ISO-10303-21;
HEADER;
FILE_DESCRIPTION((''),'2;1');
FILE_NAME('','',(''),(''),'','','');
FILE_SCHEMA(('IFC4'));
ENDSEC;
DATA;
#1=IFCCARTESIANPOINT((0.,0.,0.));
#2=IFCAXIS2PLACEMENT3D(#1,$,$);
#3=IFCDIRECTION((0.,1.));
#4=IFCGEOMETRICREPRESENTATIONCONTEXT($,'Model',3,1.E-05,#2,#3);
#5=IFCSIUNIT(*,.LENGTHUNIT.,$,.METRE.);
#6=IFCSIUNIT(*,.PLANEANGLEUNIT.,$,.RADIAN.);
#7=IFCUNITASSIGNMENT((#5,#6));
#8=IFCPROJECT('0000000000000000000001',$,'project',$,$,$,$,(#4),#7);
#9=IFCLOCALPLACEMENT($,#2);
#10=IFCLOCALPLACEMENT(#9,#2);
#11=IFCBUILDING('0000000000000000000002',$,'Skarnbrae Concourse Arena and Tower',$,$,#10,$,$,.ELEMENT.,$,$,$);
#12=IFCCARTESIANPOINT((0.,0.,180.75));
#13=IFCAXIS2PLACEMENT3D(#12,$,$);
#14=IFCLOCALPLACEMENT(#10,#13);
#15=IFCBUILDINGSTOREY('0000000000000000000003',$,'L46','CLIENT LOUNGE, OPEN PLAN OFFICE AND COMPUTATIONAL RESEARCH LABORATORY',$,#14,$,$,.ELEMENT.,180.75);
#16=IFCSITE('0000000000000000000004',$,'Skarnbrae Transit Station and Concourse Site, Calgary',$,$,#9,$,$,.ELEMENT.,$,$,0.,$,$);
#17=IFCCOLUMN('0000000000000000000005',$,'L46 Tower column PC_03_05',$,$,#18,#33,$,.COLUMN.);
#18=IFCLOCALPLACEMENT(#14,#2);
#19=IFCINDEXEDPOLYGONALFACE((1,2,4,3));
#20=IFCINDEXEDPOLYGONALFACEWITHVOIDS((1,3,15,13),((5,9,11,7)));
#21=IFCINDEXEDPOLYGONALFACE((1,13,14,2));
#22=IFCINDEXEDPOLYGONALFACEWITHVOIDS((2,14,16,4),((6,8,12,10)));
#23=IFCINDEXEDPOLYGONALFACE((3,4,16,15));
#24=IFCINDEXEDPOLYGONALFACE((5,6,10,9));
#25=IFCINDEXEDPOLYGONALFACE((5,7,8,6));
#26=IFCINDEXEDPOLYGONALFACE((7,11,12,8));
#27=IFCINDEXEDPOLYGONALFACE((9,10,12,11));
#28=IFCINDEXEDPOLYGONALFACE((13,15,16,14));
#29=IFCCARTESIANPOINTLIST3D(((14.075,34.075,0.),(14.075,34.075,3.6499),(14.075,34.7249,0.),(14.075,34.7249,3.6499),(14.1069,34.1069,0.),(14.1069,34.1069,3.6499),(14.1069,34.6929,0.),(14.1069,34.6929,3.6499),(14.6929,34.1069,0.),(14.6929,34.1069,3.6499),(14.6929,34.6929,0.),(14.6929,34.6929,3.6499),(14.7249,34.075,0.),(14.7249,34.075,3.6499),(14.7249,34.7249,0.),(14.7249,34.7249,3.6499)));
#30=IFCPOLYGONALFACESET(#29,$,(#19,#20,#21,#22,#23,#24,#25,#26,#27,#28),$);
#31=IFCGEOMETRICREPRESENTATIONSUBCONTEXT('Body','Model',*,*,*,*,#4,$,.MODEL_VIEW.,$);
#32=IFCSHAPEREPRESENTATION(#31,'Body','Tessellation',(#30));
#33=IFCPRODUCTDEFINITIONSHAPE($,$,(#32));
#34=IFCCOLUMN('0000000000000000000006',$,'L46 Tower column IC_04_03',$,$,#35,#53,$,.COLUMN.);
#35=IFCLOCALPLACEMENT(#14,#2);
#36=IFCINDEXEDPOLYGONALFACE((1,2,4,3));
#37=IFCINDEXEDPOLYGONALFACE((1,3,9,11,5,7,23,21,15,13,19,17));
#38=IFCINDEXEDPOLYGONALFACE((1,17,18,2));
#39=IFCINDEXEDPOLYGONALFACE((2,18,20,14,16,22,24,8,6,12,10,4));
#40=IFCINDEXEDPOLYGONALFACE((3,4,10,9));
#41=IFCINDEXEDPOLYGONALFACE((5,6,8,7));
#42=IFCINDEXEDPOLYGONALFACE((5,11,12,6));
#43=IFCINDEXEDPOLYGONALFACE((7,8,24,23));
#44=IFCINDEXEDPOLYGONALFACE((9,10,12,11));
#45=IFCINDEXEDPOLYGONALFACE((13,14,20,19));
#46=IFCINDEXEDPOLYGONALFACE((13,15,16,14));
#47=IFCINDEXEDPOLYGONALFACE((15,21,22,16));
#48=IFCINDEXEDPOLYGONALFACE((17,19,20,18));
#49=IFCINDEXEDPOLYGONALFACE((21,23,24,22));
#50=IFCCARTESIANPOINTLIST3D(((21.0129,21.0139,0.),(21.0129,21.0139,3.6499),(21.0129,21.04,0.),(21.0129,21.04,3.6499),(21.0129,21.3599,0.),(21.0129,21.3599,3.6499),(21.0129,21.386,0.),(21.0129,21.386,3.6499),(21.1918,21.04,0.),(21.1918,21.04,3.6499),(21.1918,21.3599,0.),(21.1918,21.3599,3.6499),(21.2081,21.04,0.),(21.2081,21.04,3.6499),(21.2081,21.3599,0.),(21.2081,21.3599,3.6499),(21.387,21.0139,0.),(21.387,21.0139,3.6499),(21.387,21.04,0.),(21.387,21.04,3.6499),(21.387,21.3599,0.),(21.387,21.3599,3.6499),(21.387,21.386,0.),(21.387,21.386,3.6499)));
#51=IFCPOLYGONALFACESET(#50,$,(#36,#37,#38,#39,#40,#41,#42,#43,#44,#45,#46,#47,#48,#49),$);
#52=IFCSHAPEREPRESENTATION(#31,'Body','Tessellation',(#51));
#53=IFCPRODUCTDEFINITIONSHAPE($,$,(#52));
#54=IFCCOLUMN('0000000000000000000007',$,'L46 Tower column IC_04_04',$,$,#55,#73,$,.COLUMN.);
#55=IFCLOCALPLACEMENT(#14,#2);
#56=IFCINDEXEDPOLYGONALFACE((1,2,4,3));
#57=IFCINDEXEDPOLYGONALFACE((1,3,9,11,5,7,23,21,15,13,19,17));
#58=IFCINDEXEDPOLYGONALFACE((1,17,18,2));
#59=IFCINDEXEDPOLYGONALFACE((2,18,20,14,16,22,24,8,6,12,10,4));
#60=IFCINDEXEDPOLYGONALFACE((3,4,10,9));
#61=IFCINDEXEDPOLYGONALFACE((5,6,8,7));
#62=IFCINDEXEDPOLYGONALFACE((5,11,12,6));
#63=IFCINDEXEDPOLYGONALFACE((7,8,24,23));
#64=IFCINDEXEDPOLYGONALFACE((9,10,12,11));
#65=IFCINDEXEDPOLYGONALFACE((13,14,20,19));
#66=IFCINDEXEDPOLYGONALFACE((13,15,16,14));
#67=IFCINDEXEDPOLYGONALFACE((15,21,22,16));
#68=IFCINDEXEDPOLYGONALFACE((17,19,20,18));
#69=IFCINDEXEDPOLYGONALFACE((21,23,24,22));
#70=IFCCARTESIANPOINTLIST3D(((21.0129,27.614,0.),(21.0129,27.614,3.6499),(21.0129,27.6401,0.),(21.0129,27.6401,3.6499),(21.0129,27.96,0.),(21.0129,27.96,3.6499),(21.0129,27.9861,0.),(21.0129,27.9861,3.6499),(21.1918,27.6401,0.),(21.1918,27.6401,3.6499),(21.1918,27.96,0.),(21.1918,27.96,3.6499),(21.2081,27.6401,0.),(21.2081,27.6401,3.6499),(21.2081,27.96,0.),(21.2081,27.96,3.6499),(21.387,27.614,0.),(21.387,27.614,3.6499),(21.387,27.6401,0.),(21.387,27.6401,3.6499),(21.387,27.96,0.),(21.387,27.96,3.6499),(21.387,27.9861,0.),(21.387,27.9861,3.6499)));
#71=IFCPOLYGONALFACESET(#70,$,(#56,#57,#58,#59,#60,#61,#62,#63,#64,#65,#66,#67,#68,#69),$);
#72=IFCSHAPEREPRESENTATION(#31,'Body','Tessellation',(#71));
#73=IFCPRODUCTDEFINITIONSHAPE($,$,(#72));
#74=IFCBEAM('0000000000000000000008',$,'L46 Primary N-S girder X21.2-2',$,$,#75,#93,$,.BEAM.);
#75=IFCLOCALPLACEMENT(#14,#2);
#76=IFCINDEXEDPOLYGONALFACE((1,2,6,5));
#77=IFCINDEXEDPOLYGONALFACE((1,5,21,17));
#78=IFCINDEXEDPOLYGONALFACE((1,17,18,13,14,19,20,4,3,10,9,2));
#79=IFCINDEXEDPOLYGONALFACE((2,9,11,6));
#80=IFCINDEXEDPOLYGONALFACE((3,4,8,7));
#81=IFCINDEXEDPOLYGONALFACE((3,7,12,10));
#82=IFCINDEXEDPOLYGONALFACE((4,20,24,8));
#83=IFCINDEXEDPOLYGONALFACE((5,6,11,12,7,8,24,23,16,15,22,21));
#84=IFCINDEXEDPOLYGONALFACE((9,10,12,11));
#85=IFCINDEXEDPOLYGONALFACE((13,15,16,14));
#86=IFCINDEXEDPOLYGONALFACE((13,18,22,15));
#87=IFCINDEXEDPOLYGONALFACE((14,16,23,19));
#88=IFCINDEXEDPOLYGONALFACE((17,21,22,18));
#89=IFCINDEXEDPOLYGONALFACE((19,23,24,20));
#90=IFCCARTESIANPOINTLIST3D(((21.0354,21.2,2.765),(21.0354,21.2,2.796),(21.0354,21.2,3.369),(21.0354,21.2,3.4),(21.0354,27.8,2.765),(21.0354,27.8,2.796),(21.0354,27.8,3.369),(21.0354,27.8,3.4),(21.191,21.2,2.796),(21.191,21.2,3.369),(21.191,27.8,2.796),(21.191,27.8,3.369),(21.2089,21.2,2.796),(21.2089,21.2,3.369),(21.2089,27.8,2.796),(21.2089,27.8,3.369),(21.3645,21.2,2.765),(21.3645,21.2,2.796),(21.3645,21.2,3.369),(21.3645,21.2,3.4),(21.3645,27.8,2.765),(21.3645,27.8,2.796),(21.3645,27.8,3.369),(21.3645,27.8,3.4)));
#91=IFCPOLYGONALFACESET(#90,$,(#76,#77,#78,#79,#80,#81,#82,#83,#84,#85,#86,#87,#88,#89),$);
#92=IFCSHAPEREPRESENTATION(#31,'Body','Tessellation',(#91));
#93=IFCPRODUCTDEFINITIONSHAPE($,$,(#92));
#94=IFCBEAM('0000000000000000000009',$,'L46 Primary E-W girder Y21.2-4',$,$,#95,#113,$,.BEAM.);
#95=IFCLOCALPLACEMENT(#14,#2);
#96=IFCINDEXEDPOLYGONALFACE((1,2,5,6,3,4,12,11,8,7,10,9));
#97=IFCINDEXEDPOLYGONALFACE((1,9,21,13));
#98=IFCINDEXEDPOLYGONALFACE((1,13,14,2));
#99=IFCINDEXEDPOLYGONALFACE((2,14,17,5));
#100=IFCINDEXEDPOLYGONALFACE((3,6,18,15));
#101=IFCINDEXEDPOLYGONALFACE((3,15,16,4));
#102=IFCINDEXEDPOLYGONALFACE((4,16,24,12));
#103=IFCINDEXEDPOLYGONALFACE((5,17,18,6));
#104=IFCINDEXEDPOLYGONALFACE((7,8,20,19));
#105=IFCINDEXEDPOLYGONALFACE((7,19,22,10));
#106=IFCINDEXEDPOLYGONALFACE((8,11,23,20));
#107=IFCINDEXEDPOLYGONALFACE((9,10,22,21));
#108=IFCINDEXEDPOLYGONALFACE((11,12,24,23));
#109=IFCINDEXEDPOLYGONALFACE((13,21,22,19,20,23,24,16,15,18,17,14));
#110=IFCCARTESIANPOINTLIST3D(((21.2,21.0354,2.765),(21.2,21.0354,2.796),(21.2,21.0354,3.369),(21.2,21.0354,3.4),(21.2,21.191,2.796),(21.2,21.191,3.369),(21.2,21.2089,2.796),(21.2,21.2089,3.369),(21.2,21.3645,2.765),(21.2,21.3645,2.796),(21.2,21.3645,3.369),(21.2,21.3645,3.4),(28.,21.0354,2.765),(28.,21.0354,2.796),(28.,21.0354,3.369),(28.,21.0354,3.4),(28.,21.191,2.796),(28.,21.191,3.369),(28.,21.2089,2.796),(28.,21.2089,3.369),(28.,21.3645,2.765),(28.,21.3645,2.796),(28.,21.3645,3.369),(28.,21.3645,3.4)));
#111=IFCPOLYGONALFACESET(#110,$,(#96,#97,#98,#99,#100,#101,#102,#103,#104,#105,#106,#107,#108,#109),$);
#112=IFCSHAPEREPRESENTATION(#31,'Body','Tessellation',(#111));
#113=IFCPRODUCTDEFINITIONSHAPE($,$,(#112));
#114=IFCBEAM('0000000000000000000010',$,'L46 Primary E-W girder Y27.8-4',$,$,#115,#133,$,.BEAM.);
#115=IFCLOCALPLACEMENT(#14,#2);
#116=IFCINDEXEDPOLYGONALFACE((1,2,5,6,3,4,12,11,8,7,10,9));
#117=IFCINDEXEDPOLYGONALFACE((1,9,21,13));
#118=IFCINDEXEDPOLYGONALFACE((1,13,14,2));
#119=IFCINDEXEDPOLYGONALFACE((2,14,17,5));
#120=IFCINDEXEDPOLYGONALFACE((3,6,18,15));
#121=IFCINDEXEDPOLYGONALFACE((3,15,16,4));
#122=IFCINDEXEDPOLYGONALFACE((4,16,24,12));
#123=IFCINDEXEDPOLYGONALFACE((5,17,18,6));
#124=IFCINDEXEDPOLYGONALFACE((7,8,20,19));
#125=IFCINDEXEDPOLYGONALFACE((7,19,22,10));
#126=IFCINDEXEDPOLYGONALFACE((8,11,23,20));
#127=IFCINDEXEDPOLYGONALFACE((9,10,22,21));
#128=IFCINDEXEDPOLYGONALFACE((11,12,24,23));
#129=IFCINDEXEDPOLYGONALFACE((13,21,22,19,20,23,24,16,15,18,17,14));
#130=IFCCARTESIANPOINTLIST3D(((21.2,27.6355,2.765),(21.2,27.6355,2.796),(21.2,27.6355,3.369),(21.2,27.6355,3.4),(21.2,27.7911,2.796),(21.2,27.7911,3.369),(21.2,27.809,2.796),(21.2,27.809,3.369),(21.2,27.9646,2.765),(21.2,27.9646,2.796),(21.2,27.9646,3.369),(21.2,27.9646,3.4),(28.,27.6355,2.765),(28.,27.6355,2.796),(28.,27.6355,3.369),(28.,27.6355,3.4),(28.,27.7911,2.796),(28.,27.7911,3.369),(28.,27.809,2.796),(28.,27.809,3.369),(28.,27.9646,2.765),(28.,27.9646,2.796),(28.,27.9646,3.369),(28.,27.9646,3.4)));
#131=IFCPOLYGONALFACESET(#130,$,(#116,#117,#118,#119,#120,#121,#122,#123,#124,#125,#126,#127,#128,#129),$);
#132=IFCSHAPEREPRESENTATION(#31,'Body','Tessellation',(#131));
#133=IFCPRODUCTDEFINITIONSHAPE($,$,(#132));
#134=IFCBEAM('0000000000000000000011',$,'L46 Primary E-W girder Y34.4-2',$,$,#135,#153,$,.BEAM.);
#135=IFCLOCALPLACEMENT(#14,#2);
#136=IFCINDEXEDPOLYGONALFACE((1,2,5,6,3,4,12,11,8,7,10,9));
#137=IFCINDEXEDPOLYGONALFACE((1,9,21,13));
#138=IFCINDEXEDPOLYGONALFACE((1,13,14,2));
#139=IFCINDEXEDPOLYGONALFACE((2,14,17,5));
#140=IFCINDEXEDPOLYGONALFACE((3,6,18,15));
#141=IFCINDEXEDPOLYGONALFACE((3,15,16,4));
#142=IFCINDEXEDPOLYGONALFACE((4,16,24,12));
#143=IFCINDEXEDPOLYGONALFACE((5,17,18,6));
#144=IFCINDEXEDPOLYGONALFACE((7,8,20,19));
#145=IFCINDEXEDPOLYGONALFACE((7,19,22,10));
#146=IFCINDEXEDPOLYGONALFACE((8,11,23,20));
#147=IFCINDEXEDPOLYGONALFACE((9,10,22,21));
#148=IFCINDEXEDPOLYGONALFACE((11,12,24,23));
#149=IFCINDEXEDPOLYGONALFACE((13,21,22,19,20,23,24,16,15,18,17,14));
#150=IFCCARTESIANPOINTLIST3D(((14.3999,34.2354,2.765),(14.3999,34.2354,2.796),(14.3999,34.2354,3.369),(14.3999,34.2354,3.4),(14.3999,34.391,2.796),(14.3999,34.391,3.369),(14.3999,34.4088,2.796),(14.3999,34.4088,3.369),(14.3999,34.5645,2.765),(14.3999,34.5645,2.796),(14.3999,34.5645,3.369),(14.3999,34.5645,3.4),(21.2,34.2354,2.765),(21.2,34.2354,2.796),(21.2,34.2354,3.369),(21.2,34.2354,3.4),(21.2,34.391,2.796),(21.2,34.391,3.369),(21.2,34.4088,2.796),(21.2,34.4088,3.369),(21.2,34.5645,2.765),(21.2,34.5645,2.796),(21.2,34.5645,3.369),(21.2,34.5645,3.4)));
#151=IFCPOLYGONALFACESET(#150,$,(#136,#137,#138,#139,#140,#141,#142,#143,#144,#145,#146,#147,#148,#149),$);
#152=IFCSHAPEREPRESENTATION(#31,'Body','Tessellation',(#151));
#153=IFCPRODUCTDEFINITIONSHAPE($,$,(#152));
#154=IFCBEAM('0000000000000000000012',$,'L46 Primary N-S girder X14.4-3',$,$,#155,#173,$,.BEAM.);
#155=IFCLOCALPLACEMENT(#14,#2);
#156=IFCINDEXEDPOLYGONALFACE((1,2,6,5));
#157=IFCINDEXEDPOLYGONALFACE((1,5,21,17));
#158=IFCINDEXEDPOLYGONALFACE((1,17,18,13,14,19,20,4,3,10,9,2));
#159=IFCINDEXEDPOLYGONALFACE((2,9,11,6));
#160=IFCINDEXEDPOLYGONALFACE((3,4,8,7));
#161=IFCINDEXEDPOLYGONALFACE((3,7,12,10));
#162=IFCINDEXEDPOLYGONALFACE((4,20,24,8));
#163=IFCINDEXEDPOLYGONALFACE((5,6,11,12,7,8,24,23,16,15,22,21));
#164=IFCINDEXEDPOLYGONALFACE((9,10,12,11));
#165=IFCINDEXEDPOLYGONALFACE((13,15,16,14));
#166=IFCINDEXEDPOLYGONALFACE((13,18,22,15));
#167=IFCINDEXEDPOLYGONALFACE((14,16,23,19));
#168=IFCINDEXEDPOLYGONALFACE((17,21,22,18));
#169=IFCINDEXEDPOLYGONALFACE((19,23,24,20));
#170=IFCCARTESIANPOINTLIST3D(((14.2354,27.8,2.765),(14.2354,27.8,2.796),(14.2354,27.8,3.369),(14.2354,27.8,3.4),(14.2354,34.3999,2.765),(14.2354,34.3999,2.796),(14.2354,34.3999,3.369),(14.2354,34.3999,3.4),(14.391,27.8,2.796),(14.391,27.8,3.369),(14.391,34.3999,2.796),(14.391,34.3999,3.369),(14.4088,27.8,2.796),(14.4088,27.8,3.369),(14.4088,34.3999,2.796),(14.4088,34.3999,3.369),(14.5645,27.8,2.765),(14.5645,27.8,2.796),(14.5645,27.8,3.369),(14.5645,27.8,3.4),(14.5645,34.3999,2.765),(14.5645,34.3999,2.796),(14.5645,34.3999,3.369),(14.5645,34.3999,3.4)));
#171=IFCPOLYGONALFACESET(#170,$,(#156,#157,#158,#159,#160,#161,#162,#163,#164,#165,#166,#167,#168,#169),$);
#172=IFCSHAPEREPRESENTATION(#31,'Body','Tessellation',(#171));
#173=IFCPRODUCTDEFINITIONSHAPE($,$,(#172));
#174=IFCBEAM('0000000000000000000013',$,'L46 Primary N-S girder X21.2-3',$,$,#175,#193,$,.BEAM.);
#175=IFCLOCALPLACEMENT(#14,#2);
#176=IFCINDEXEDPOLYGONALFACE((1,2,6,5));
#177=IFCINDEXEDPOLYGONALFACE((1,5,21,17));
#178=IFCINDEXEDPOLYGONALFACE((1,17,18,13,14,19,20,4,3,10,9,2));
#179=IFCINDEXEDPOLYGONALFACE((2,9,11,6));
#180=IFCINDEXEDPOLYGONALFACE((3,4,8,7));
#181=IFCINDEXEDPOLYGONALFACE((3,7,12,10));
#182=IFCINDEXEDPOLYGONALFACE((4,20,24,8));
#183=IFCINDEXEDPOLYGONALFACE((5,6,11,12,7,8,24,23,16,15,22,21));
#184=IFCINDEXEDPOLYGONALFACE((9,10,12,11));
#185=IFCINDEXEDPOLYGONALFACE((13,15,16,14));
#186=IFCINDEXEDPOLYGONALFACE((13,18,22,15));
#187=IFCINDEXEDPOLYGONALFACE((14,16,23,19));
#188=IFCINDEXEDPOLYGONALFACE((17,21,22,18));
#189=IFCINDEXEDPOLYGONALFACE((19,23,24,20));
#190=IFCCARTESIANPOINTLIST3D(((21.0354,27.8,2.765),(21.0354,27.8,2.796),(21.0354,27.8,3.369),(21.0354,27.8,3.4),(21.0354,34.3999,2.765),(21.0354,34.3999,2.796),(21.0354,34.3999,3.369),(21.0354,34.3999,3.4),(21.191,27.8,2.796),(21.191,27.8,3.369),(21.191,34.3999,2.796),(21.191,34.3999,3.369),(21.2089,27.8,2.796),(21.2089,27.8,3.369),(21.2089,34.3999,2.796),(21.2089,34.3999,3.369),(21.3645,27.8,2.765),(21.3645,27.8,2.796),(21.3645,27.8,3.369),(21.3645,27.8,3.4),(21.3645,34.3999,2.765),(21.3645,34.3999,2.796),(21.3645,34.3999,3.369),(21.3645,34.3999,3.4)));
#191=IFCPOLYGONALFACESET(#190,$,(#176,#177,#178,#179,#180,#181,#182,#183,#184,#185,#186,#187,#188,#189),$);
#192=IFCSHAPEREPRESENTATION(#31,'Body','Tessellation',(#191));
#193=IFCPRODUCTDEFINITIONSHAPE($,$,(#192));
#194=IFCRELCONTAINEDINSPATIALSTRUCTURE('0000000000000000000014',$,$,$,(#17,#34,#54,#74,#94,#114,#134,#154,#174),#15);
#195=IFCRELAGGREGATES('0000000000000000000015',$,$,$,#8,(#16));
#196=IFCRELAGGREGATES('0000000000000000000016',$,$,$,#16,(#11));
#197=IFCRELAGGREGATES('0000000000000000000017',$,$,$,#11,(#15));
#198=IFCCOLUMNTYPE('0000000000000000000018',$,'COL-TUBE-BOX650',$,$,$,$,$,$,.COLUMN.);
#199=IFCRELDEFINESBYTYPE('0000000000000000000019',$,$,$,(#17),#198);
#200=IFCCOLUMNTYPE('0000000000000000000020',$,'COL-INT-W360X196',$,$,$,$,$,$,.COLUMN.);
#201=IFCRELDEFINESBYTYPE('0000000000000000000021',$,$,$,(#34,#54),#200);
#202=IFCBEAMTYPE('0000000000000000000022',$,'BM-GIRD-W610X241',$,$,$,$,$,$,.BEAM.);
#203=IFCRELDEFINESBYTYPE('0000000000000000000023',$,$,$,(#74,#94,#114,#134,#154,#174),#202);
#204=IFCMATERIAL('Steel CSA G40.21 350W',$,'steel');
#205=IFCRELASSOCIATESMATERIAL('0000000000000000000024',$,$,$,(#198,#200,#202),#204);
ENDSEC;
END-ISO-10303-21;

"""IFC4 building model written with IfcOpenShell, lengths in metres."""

from ifc_helpers import new_model, si_unit, direction, frame, origin, origin_2d, place, context, subcontext, project, spatial, hollow_rectangle, i_section, extrude, source, transform, mapped, material, material_profile, profile_set, type_object, element, save


model = new_model("IFC4")

# Units and contexts
model_context = context("Model", 3, precision=1e-05, world=origin(), true_north=direction((0.0, 1.0)))
body_context = subcontext(model_context, "Body", "Model", "MODEL_VIEW")
ifc_project = project(units=[si_unit("LENGTHUNIT", "METRE"), si_unit("PLANEANGLEUNIT", "RADIAN")], contexts=[model_context])

# Site, building, storey
site_placement = place(None, origin())
site = spatial("IfcSite", under=ifc_project, at=site_placement, Name="Skarnbrae Transit Station and Concourse Site, Calgary", CompositionType="ELEMENT", RefElevation=0.0)
building_placement = place(site_placement, origin())
building = spatial("IfcBuilding", under=site, at=building_placement, Name="Skarnbrae Concourse Arena and Tower", CompositionType="ELEMENT")
storey_placement = place(building_placement, frame((0.0, 0.0, 180.75)))
storey = spatial("IfcBuildingStorey", under=building, at=storey_placement, Name="L46", Description="CLIENT LOUNGE, OPEN PLAN OFFICE AND COMPUTATIONAL RESEARCH LABORATORY", CompositionType="ELEMENT", Elevation=180.75)

# Columns
ifc_material = material(Name="Steel CSA G40.21 350W", Category="steel")
ifc_material_profile_1 = material_profile(ifc_material, hollow_rectangle(XDim=0.6499, YDim=0.6499, WallThickness=0.032, at=origin_2d()), Name="BOX650X650X32")
ifc_profile_set_1 = profile_set([ifc_material_profile_1], Name="Steel CSA G40.21 350W")
column_type_1 = type_object("IfcColumnType", Name="COL-TUBE-BOX650", PredefinedType="COLUMN", material=ifc_profile_set_1)
shared_shape_1 = source(origin(), body_context, "Body", "SweptSolid", [
    extrude(hollow_rectangle(XDim=0.6499, YDim=0.6499, WallThickness=0.032, at=origin_2d()), origin(), (0.0, 0.0, 1.0), 3.6499),
])
column_placement = place(storey_placement, frame((14.3999, 34.3999, 0.0), z_axis=(0.0, 0.0, 1.0), x_axis=(1.0, 0.0, 0.0)))
element("IfcColumn", 1, at=column_placement, inside=storey, type_object=column_type_1, Name="L46 Tower column PC_03_05", PredefinedType="COLUMN", context=body_context, shape_type="MappedRepresentation", body=[
    mapped(shared_shape_1, transform((0.0, 0.0, 0.0))),
])
ifc_material_profile_2 = material_profile(ifc_material, i_section(OverallWidth=0.374, OverallDepth=0.3721, WebThickness=0.0164, FlangeThickness=0.0261, at=origin_2d()), Name="W360X196")
ifc_profile_set_2 = profile_set([ifc_material_profile_2], Name="Steel CSA G40.21 350W")
column_type_2 = type_object("IfcColumnType", Name="COL-INT-W360X196", PredefinedType="COLUMN", material=ifc_profile_set_2)
shared_shape_2 = source(origin(), body_context, "Body", "SweptSolid", [
    extrude(i_section(OverallWidth=0.374, OverallDepth=0.3721, WebThickness=0.0164, FlangeThickness=0.0261, at=origin_2d()), origin(), (0.0, 0.0, 1.0), 3.6499),
])
for number, where, z_axis, x_axis, name in (
    (2, (21.2, 21.2, 0.0), (0.0, 0.0, 1.0), (1.0, 0.0, 0.0), "L46 Tower column IC_04_03"),
    (3, (21.2, 27.8, 0.0), (0.0, 0.0, 1.0), (1.0, 0.0, 0.0), "L46 Tower column IC_04_04"),
):
    element("IfcColumn", number, at=place(storey_placement, frame(where, z_axis=z_axis, x_axis=x_axis)), inside=storey, type_object=column_type_2, Name=name, PredefinedType="COLUMN", context=body_context, shape_type="MappedRepresentation", body=[
        mapped(shared_shape_2, transform((0.0, 0.0, 0.0))),
    ])

# Beams
ifc_material_profile_3 = material_profile(ifc_material, i_section(OverallWidth=0.3291, OverallDepth=0.635, WebThickness=0.0178, FlangeThickness=0.031, at=origin_2d()), Name="W610X241")
ifc_profile_set_3 = profile_set([ifc_material_profile_3], Name="Steel CSA G40.21 350W")
beam_type_1 = type_object("IfcBeamType", Name="BM-GIRD-W610X241", PredefinedType="BEAM", material=ifc_profile_set_3)
shared_shape_3 = source(origin(), body_context, "Body", "SweptSolid", [
    extrude(i_section(OverallWidth=0.3291, OverallDepth=0.635, WebThickness=0.0178, FlangeThickness=0.031, at=origin_2d()), origin(), (0.0, 0.0, 1.0), 6.6001),
])
beam_1_placement = place(storey_placement, frame((21.2, 21.2, 3.0825), z_axis=(0.0, 1.0, 0.0), x_axis=(-1.0, 0.0, 0.0)))
element("IfcBeam", 4, at=beam_1_placement, inside=storey, type_object=beam_type_1, Name="L46 Primary N-S girder X21.2-2", PredefinedType="BEAM", context=body_context, shape_type="MappedRepresentation", body=[
    mapped(shared_shape_3, transform((0.0, 0.0, 0.0))),
])
shared_shape_4 = source(origin(), body_context, "Body", "SweptSolid", [
    extrude(i_section(OverallWidth=0.3291, OverallDepth=0.635, WebThickness=0.0178, FlangeThickness=0.031, at=origin_2d()), origin(), (0.0, 0.0, 1.0), 6.8),
])
for number, where, z_axis, x_axis, name in (
    (5, (21.2, 21.2, 3.0825), (1.0, 0.0, 0.0), (0.0, 1.0, 0.0), "L46 Primary E-W girder Y21.2-4"),
    (6, (21.2, 27.8, 3.0825), (1.0, 0.0, 0.0), (0.0, 1.0, 0.0), "L46 Primary E-W girder Y27.8-4"),
    (7, (14.3999, 34.3999, 3.0825), (1.0, 0.0, 0.0), (0.0, 1.0, 0.0), "L46 Primary E-W girder Y34.4-2"),
):
    element("IfcBeam", number, at=place(storey_placement, frame(where, z_axis=z_axis, x_axis=x_axis)), inside=storey, type_object=beam_type_1, Name=name, PredefinedType="BEAM", context=body_context, shape_type="MappedRepresentation", body=[
        mapped(shared_shape_4, transform((0.0, 0.0, 0.0))),
    ])
shared_shape_5 = source(origin(), body_context, "Body", "SweptSolid", [
    extrude(i_section(OverallWidth=0.3291, OverallDepth=0.635, WebThickness=0.0178, FlangeThickness=0.031, at=origin_2d()), origin(), (0.0, 0.0, 1.0), 6.5999),
])
for number, where, z_axis, x_axis, name in (
    (8, (14.3999, 27.8, 3.0825), (0.0, 1.0, 0.0), (-1.0, 0.0, 0.0), "L46 Primary N-S girder X14.4-3"),
    (9, (21.2, 27.8, 3.0825), (0.0, 1.0, 0.0), (-1.0, 0.0, 0.0), "L46 Primary N-S girder X21.2-3"),
):
    element("IfcBeam", number, at=place(storey_placement, frame(where, z_axis=z_axis, x_axis=x_axis)), inside=storey, type_object=beam_type_1, Name=name, PredefinedType="BEAM", context=body_context, shape_type="MappedRepresentation", body=[
        mapped(shared_shape_5, transform((0.0, 0.0, 0.0))),
    ])

save(model, "model.ifc")
